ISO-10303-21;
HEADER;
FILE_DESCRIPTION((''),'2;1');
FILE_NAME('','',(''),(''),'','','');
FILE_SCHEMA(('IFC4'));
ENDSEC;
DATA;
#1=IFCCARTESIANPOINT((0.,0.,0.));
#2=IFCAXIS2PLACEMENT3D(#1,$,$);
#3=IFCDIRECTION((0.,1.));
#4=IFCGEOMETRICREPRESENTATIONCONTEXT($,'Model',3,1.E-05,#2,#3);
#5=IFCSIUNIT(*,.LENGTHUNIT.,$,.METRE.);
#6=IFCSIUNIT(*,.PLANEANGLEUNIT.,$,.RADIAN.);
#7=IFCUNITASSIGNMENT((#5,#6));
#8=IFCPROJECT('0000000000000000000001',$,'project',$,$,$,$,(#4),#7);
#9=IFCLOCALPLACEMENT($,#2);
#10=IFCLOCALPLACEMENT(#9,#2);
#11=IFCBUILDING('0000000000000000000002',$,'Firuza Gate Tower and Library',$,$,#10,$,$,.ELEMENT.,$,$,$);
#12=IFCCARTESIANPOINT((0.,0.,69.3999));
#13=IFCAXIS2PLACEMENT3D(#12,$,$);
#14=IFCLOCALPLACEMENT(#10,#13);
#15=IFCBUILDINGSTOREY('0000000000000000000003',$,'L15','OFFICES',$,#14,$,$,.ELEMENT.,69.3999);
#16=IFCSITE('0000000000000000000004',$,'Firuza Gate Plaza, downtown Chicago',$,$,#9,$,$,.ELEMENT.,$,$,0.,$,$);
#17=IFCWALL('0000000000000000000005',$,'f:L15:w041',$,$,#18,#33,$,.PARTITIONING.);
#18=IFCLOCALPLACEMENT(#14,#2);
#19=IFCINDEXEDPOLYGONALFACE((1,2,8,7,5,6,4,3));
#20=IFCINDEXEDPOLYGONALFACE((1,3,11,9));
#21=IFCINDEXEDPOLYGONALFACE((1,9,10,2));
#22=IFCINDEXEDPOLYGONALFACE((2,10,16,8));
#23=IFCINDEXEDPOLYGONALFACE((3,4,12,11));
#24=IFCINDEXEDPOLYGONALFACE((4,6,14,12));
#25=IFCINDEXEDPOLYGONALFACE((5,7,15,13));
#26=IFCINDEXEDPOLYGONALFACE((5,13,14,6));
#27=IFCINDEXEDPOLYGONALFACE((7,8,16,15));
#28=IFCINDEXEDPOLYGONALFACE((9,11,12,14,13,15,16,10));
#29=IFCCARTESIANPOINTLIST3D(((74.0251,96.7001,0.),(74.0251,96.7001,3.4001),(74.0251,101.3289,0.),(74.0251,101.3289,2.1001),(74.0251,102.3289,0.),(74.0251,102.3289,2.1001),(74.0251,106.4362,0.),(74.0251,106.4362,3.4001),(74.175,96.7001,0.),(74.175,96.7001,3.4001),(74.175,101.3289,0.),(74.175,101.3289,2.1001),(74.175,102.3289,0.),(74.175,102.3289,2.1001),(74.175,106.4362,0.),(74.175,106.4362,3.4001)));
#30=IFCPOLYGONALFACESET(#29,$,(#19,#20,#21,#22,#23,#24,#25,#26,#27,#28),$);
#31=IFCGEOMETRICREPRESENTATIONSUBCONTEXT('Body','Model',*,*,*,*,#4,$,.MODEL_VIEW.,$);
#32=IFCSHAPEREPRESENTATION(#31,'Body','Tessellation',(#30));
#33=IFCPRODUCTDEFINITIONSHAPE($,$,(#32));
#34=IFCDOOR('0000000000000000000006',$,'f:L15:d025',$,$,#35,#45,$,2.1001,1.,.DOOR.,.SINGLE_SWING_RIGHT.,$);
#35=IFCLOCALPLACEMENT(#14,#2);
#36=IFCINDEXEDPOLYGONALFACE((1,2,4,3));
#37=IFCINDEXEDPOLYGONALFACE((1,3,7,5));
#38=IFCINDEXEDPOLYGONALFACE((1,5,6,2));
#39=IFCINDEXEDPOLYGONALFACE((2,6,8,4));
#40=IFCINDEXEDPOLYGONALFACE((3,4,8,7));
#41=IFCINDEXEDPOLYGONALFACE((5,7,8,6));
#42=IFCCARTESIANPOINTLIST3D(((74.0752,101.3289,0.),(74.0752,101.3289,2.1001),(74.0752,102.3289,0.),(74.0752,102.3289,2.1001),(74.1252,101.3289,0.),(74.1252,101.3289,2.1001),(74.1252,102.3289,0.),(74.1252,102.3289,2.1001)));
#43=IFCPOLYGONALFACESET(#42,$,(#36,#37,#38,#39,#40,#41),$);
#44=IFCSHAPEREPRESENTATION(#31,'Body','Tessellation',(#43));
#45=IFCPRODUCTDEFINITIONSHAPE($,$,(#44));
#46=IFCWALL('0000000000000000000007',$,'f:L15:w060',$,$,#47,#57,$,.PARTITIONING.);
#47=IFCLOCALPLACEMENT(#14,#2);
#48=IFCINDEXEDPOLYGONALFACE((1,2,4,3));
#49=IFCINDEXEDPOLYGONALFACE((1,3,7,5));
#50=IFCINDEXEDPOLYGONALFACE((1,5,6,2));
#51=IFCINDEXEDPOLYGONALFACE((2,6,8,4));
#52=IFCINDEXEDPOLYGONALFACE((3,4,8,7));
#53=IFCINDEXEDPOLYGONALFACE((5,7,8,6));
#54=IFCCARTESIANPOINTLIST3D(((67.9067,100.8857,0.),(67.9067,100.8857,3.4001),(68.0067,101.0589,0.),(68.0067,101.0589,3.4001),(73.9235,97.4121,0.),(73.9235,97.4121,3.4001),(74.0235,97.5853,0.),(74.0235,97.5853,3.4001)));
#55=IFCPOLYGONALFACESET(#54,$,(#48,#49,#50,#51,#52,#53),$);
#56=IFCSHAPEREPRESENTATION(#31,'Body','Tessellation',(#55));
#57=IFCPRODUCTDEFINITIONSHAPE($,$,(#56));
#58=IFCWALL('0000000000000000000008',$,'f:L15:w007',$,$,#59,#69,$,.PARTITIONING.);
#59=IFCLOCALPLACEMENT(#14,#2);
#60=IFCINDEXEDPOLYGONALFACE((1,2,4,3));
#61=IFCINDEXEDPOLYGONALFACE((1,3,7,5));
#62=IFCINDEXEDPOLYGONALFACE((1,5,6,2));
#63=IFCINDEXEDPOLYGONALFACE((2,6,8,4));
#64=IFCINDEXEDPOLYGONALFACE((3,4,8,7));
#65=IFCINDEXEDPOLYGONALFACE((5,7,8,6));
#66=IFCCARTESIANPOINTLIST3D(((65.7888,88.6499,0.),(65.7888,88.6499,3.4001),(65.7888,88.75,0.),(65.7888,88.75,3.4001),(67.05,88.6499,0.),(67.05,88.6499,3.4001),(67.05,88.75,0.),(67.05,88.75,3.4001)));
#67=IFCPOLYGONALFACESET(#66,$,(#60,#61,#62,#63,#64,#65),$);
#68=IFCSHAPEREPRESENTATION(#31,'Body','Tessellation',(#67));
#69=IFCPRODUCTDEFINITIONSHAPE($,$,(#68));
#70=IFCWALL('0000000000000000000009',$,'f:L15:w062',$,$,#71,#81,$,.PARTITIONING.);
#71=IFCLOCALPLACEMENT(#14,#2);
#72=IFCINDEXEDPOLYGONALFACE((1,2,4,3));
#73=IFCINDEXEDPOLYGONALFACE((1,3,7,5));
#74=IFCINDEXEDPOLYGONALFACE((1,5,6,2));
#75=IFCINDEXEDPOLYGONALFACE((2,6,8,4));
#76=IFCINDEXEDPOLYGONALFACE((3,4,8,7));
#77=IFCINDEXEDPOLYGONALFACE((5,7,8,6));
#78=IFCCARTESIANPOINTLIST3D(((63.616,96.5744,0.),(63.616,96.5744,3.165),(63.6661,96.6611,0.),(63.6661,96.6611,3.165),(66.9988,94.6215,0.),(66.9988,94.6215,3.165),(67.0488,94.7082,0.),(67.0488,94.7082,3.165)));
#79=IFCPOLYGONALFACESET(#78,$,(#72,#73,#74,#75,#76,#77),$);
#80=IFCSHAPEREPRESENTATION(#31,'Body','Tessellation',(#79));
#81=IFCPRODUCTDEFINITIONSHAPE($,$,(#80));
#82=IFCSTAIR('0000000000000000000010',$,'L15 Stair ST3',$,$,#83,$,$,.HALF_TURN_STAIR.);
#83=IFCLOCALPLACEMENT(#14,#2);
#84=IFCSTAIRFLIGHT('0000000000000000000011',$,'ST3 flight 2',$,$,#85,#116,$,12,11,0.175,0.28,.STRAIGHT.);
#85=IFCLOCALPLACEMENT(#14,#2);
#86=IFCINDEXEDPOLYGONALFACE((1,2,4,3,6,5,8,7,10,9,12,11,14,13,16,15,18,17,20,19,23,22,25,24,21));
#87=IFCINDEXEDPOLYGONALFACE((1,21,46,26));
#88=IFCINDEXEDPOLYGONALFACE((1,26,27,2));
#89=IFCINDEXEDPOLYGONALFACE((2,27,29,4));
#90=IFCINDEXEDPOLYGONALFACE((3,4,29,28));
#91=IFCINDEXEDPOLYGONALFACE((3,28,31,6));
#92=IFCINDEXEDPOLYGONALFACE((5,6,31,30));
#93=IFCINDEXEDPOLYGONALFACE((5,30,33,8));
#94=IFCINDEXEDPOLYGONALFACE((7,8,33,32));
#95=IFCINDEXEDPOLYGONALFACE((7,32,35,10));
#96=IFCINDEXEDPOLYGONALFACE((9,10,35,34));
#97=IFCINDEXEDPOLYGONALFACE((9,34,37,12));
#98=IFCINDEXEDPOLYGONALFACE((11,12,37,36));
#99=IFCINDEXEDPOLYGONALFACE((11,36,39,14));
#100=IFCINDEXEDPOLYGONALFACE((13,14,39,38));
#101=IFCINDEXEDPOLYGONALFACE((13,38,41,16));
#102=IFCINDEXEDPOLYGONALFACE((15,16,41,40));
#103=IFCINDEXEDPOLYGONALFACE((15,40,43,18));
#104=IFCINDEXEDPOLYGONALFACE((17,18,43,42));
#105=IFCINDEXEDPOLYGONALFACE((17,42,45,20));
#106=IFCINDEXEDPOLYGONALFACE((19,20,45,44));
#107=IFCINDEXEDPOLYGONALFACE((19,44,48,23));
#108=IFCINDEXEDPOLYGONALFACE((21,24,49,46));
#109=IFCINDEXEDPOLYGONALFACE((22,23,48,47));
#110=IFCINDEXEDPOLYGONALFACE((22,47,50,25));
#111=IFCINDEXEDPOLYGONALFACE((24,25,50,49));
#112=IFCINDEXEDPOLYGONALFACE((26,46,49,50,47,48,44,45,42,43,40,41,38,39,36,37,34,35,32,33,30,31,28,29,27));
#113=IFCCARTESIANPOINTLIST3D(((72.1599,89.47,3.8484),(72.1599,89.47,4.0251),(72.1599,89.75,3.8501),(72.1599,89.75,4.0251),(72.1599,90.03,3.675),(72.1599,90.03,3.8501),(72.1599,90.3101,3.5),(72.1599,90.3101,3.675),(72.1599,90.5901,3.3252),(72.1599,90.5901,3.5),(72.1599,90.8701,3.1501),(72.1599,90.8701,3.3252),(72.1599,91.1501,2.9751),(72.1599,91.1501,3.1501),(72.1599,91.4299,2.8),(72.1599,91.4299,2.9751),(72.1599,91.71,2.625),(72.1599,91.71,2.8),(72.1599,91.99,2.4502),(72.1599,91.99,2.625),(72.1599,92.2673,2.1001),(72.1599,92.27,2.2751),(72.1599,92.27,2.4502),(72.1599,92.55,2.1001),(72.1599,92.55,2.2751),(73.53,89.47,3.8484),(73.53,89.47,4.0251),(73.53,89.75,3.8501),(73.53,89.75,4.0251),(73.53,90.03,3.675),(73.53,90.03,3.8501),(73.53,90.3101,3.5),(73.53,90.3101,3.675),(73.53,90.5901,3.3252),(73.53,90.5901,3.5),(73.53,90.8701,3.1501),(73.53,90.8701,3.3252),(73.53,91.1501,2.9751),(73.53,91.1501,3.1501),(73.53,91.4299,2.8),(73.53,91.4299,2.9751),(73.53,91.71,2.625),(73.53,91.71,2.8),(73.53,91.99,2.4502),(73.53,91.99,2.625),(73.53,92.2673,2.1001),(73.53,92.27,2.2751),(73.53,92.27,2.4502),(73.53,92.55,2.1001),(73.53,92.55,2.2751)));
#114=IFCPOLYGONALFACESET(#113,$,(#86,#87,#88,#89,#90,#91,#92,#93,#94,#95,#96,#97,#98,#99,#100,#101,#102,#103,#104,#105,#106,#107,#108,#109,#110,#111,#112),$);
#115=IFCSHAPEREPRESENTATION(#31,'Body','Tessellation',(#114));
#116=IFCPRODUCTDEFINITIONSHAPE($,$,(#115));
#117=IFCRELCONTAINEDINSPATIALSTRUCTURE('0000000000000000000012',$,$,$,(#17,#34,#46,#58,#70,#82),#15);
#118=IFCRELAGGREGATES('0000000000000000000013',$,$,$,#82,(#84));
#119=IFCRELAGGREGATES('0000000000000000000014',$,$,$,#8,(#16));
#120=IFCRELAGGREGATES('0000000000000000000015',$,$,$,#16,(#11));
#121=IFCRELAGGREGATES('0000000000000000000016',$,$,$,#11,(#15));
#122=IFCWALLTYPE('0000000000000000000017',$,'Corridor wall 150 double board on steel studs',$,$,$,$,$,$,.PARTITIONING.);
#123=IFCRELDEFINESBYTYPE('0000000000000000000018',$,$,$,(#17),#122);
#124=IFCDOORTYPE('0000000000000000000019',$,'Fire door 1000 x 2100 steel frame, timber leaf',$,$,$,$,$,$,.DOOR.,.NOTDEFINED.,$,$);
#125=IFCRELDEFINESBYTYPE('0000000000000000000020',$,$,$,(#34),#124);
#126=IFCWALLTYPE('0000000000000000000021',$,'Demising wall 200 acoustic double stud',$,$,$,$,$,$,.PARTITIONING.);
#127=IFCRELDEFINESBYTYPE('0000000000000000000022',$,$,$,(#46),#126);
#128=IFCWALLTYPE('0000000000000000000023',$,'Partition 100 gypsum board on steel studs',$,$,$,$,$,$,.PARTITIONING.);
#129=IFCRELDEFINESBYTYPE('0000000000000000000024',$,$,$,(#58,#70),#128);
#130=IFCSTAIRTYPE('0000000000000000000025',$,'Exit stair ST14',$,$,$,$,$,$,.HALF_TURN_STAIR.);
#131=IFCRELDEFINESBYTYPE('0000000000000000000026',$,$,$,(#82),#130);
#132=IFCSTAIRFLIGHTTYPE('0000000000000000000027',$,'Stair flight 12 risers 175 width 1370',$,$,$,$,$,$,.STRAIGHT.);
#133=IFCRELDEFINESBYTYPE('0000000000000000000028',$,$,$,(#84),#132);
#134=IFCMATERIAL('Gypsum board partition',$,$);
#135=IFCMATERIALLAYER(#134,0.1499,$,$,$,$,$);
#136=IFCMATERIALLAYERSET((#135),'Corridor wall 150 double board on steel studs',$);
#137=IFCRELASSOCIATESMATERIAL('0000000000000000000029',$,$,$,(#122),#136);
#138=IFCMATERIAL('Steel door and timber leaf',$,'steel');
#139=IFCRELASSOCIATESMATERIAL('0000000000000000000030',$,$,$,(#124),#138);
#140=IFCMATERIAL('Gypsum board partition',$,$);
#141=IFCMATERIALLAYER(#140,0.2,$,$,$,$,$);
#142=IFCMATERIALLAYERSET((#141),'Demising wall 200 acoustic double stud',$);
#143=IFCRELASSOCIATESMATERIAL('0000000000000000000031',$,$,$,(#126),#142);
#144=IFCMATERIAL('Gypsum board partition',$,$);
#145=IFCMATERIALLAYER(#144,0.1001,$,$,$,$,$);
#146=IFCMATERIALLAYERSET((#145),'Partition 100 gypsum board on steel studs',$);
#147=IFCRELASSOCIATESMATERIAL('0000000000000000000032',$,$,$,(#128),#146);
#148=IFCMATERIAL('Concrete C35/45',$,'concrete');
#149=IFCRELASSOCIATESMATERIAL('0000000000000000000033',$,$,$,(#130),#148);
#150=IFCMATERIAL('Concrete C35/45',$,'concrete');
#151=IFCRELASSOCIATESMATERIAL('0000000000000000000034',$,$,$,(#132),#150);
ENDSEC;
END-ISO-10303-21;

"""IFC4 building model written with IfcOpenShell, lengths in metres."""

from ifc_helpers import new_model, si_unit, direction, frame, frame_2d, origin, place, context, subcontext, project, spatial, polyline, rectangle, outline, extrude, material, layer, layer_set, type_object, element, fill, aggregate, save


model = new_model("IFC4")

# Units and contexts
model_context = context("Model", 3, precision=1e-05, world=origin(), true_north=direction((0.0, 1.0)))
body_context = subcontext(model_context, "Body", "Model", "MODEL_VIEW")
ifc_project = project(units=[si_unit("LENGTHUNIT", "METRE"), si_unit("PLANEANGLEUNIT", "RADIAN")], contexts=[model_context])

# Site, building, storey
site_placement = place(None, origin())
site = spatial("IfcSite", under=ifc_project, at=site_placement, Name="Firuza Gate Plaza, downtown Chicago", CompositionType="ELEMENT", RefElevation=0.0)
building_placement = place(site_placement, origin())
building = spatial("IfcBuilding", under=site, at=building_placement, Name="Firuza Gate Tower and Library", CompositionType="ELEMENT")
storey_placement = place(building_placement, frame((0.0, 0.0, 69.3999)))
storey = spatial("IfcBuildingStorey", under=building, at=storey_placement, Name="L15", Description="OFFICES", CompositionType="ELEMENT", Elevation=69.3999)

# Shared definitions
placement = place(storey_placement, origin())

# Wall, opening, door
ifc_material_1 = material(Name="Gypsum board partition")
ifc_layer_1 = layer(ifc_material_1, 0.1499)
ifc_layer_set_1 = layer_set([ifc_layer_1], Name="Corridor wall 150 double board on steel studs")
wall_type_1 = type_object("IfcWallType", Name="Corridor wall 150 double board on steel studs", PredefinedType="PARTITIONING", material=ifc_layer_set_1)
ifc_material_2 = material(Name="Steel door and timber leaf", Category="steel")
door_type_1 = type_object("IfcDoorType", Name="Fire door 1000 x 2100 steel frame, timber leaf", OperationType="NOTDEFINED", PredefinedType="DOOR", material=ifc_material_2)
wall_1_placement = place(storey_placement, frame((74.1001, 96.7, 0.0), z_axis=(0.0, 0.0, 1.0), x_axis=(0.0, 1.0, 0.0)))
wall_1 = element("IfcWall", 1, at=wall_1_placement, inside=storey, type_object=wall_type_1, Name="f:L15:w041", PredefinedType="PARTITIONING", context=body_context, shape_type="SweptSolid", body=[
    extrude(rectangle(XDim=9.7361, YDim=0.1499, at=frame_2d((4.8682, 0.0))), origin(), (0.0, 0.0, 1.0), 3.4001),
])
opening_1_placement = place(wall_1_placement, frame((4.6289, 0.0, 0.0)))
opening_1 = element("IfcOpeningElement", 2, at=opening_1_placement, cuts=wall_1, PredefinedType="OPENING", context=body_context, shape_type="SweptSolid", body=[
    extrude(rectangle(XDim=1.0, YDim=2.1001, at=frame_2d((0.5, 1.05))), frame((0.0, 0.085, 0.0), z_axis=(0.0, -1.0, 0.0), x_axis=(1.0, 0.0, 0.0)), (0.0, 0.0, 1.0), 0.1699),
])
door_1_placement = place(opening_1_placement, origin())
door_1 = element("IfcDoor", 3, at=door_1_placement, inside=storey, type_object=door_type_1, Name="f:L15:d025", OperationType="SINGLE_SWING_RIGHT", OverallHeight=2.1001, OverallWidth=1.0, PredefinedType="DOOR", context=body_context, shape_type="SweptSolid", body=[
    extrude(rectangle(XDim=1.0, YDim=2.1001, at=frame_2d((0.5, 1.05))), frame((0.0, 0.0249, 0.0), z_axis=(0.0, -1.0, 0.0), x_axis=(1.0, 0.0, 0.0)), (0.0, 0.0, 1.0), 0.05),
])
fill(opening_1, door_1)

# Walls
ifc_material_3 = material(Name="Gypsum board partition")
ifc_layer_2 = layer(ifc_material_3, 0.2)
ifc_layer_set_2 = layer_set([ifc_layer_2], Name="Demising wall 200 acoustic double stud")
wall_type_2 = type_object("IfcWallType", Name="Demising wall 200 acoustic double stud", PredefinedType="PARTITIONING", material=ifc_layer_set_2)
wall_2_placement = place(storey_placement, frame((73.9734, 97.4988, 0.0), z_axis=(0.0, 0.0, 1.0), x_axis=(-0.866038, 0.499979, 0.0)))
element("IfcWall", 4, at=wall_2_placement, inside=storey, type_object=wall_type_2, Name="f:L15:w060", PredefinedType="PARTITIONING", context=body_context, shape_type="SweptSolid", body=[
    extrude(rectangle(XDim=6.9475, YDim=0.2, at=frame_2d((3.4736, 0.0))), origin(), (0.0, 0.0, 1.0), 3.4001),
])
ifc_material_4 = material(Name="Gypsum board partition")
ifc_layer_3 = layer(ifc_material_4, 0.1001)
ifc_layer_set_3 = layer_set([ifc_layer_3], Name="Partition 100 gypsum board on steel studs")
wall_type_3 = type_object("IfcWallType", Name="Partition 100 gypsum board on steel studs", PredefinedType="PARTITIONING", material=ifc_layer_set_3)
wall_3_placement = place(storey_placement, frame((65.7888, 88.7, 0.0), z_axis=(0.0, 0.0, 1.0), x_axis=(1.0, 0.0, 0.0)))
element("IfcWall", 5, at=wall_3_placement, inside=storey, type_object=wall_type_3, Name="f:L15:w007", PredefinedType="PARTITIONING", context=body_context, shape_type="SweptSolid", body=[
    extrude(rectangle(XDim=1.2612, YDim=0.1001, at=frame_2d((0.6306, 0.0))), origin(), (0.0, 0.0, 1.0), 3.4001),
])
wall_4_placement = place(storey_placement, frame((67.0239, 94.6648, 0.0), z_axis=(0.0, 0.0, 1.0), x_axis=(-0.866046, 0.499964, 0.0)))
element("IfcWall", 6, at=wall_4_placement, inside=storey, type_object=wall_type_3, Name="f:L15:w062", PredefinedType="PARTITIONING", context=body_context, shape_type="SweptSolid", body=[
    extrude(rectangle(XDim=3.906, YDim=0.1001, at=frame_2d((1.9531, 0.0))), origin(), (0.0, 0.0, 1.0), 3.165),
])

# Stair, stair flight
ifc_material_5 = material(Name="Concrete C35/45", Category="concrete")
stair_type = type_object("IfcStairType", Name="Exit stair ST14", PredefinedType="HALF_TURN_STAIR", material=ifc_material_5)
stair = element("IfcStair", 7, at=placement, inside=storey, type_object=stair_type, Name="L15 Stair ST3", PredefinedType="HALF_TURN_STAIR")
ifc_material_6 = material(Name="Concrete C35/45", Category="concrete")
stair_flight_type = type_object("IfcStairFlightType", Name="Stair flight 12 risers 175 width 1370", PredefinedType="STRAIGHT", material=ifc_material_6)
stair_flight_placement = place(storey_placement, frame((72.845, 92.55, 2.1001), z_axis=(0.0, 0.0, 1.0), x_axis=(0.0, -1.0, 0.0)))
stair_flight = element("IfcStairFlight", 8, at=stair_flight_placement, type_object=stair_flight_type, Name="ST3 flight 2", NumberOfRisers=12, NumberOfTreads=11, PredefinedType="STRAIGHT", RiserHeight=0.175, TreadLength=0.28, context=body_context, shape_type="SweptSolid", body=[
    extrude(outline(polyline([(0.0, 0.0), (0.0, 0.175), (0.28, 0.175), (0.28, 0.3501), (0.5601, 0.3501), (0.5601, 0.5249), (0.8401, 0.5249), (0.8401, 0.7), (1.1201, 0.7), (1.1201, 0.875), (1.3999, 0.875), (1.3999, 1.05), (1.6799, 1.05), (1.6799, 1.2251), (1.96, 1.2251), (1.96, 1.3999), (2.24, 1.3999), (2.24, 1.575), (2.52, 1.575), (2.52, 1.75), (2.8, 1.75), (2.8, 1.925), (3.0801, 1.925), (3.0801, 2.1001), (3.0801, 1.7483), (0.2827, 0.0), (0.0, 0.0)])), frame((0.0, 0.6851, 0.0), z_axis=(0.0, -1.0, 0.0), x_axis=(1.0, 0.0, 0.0)), (0.0, 0.0, 1.0), 1.3701),
])
aggregate(stair, [stair_flight])

save(model, "model.ifc")
